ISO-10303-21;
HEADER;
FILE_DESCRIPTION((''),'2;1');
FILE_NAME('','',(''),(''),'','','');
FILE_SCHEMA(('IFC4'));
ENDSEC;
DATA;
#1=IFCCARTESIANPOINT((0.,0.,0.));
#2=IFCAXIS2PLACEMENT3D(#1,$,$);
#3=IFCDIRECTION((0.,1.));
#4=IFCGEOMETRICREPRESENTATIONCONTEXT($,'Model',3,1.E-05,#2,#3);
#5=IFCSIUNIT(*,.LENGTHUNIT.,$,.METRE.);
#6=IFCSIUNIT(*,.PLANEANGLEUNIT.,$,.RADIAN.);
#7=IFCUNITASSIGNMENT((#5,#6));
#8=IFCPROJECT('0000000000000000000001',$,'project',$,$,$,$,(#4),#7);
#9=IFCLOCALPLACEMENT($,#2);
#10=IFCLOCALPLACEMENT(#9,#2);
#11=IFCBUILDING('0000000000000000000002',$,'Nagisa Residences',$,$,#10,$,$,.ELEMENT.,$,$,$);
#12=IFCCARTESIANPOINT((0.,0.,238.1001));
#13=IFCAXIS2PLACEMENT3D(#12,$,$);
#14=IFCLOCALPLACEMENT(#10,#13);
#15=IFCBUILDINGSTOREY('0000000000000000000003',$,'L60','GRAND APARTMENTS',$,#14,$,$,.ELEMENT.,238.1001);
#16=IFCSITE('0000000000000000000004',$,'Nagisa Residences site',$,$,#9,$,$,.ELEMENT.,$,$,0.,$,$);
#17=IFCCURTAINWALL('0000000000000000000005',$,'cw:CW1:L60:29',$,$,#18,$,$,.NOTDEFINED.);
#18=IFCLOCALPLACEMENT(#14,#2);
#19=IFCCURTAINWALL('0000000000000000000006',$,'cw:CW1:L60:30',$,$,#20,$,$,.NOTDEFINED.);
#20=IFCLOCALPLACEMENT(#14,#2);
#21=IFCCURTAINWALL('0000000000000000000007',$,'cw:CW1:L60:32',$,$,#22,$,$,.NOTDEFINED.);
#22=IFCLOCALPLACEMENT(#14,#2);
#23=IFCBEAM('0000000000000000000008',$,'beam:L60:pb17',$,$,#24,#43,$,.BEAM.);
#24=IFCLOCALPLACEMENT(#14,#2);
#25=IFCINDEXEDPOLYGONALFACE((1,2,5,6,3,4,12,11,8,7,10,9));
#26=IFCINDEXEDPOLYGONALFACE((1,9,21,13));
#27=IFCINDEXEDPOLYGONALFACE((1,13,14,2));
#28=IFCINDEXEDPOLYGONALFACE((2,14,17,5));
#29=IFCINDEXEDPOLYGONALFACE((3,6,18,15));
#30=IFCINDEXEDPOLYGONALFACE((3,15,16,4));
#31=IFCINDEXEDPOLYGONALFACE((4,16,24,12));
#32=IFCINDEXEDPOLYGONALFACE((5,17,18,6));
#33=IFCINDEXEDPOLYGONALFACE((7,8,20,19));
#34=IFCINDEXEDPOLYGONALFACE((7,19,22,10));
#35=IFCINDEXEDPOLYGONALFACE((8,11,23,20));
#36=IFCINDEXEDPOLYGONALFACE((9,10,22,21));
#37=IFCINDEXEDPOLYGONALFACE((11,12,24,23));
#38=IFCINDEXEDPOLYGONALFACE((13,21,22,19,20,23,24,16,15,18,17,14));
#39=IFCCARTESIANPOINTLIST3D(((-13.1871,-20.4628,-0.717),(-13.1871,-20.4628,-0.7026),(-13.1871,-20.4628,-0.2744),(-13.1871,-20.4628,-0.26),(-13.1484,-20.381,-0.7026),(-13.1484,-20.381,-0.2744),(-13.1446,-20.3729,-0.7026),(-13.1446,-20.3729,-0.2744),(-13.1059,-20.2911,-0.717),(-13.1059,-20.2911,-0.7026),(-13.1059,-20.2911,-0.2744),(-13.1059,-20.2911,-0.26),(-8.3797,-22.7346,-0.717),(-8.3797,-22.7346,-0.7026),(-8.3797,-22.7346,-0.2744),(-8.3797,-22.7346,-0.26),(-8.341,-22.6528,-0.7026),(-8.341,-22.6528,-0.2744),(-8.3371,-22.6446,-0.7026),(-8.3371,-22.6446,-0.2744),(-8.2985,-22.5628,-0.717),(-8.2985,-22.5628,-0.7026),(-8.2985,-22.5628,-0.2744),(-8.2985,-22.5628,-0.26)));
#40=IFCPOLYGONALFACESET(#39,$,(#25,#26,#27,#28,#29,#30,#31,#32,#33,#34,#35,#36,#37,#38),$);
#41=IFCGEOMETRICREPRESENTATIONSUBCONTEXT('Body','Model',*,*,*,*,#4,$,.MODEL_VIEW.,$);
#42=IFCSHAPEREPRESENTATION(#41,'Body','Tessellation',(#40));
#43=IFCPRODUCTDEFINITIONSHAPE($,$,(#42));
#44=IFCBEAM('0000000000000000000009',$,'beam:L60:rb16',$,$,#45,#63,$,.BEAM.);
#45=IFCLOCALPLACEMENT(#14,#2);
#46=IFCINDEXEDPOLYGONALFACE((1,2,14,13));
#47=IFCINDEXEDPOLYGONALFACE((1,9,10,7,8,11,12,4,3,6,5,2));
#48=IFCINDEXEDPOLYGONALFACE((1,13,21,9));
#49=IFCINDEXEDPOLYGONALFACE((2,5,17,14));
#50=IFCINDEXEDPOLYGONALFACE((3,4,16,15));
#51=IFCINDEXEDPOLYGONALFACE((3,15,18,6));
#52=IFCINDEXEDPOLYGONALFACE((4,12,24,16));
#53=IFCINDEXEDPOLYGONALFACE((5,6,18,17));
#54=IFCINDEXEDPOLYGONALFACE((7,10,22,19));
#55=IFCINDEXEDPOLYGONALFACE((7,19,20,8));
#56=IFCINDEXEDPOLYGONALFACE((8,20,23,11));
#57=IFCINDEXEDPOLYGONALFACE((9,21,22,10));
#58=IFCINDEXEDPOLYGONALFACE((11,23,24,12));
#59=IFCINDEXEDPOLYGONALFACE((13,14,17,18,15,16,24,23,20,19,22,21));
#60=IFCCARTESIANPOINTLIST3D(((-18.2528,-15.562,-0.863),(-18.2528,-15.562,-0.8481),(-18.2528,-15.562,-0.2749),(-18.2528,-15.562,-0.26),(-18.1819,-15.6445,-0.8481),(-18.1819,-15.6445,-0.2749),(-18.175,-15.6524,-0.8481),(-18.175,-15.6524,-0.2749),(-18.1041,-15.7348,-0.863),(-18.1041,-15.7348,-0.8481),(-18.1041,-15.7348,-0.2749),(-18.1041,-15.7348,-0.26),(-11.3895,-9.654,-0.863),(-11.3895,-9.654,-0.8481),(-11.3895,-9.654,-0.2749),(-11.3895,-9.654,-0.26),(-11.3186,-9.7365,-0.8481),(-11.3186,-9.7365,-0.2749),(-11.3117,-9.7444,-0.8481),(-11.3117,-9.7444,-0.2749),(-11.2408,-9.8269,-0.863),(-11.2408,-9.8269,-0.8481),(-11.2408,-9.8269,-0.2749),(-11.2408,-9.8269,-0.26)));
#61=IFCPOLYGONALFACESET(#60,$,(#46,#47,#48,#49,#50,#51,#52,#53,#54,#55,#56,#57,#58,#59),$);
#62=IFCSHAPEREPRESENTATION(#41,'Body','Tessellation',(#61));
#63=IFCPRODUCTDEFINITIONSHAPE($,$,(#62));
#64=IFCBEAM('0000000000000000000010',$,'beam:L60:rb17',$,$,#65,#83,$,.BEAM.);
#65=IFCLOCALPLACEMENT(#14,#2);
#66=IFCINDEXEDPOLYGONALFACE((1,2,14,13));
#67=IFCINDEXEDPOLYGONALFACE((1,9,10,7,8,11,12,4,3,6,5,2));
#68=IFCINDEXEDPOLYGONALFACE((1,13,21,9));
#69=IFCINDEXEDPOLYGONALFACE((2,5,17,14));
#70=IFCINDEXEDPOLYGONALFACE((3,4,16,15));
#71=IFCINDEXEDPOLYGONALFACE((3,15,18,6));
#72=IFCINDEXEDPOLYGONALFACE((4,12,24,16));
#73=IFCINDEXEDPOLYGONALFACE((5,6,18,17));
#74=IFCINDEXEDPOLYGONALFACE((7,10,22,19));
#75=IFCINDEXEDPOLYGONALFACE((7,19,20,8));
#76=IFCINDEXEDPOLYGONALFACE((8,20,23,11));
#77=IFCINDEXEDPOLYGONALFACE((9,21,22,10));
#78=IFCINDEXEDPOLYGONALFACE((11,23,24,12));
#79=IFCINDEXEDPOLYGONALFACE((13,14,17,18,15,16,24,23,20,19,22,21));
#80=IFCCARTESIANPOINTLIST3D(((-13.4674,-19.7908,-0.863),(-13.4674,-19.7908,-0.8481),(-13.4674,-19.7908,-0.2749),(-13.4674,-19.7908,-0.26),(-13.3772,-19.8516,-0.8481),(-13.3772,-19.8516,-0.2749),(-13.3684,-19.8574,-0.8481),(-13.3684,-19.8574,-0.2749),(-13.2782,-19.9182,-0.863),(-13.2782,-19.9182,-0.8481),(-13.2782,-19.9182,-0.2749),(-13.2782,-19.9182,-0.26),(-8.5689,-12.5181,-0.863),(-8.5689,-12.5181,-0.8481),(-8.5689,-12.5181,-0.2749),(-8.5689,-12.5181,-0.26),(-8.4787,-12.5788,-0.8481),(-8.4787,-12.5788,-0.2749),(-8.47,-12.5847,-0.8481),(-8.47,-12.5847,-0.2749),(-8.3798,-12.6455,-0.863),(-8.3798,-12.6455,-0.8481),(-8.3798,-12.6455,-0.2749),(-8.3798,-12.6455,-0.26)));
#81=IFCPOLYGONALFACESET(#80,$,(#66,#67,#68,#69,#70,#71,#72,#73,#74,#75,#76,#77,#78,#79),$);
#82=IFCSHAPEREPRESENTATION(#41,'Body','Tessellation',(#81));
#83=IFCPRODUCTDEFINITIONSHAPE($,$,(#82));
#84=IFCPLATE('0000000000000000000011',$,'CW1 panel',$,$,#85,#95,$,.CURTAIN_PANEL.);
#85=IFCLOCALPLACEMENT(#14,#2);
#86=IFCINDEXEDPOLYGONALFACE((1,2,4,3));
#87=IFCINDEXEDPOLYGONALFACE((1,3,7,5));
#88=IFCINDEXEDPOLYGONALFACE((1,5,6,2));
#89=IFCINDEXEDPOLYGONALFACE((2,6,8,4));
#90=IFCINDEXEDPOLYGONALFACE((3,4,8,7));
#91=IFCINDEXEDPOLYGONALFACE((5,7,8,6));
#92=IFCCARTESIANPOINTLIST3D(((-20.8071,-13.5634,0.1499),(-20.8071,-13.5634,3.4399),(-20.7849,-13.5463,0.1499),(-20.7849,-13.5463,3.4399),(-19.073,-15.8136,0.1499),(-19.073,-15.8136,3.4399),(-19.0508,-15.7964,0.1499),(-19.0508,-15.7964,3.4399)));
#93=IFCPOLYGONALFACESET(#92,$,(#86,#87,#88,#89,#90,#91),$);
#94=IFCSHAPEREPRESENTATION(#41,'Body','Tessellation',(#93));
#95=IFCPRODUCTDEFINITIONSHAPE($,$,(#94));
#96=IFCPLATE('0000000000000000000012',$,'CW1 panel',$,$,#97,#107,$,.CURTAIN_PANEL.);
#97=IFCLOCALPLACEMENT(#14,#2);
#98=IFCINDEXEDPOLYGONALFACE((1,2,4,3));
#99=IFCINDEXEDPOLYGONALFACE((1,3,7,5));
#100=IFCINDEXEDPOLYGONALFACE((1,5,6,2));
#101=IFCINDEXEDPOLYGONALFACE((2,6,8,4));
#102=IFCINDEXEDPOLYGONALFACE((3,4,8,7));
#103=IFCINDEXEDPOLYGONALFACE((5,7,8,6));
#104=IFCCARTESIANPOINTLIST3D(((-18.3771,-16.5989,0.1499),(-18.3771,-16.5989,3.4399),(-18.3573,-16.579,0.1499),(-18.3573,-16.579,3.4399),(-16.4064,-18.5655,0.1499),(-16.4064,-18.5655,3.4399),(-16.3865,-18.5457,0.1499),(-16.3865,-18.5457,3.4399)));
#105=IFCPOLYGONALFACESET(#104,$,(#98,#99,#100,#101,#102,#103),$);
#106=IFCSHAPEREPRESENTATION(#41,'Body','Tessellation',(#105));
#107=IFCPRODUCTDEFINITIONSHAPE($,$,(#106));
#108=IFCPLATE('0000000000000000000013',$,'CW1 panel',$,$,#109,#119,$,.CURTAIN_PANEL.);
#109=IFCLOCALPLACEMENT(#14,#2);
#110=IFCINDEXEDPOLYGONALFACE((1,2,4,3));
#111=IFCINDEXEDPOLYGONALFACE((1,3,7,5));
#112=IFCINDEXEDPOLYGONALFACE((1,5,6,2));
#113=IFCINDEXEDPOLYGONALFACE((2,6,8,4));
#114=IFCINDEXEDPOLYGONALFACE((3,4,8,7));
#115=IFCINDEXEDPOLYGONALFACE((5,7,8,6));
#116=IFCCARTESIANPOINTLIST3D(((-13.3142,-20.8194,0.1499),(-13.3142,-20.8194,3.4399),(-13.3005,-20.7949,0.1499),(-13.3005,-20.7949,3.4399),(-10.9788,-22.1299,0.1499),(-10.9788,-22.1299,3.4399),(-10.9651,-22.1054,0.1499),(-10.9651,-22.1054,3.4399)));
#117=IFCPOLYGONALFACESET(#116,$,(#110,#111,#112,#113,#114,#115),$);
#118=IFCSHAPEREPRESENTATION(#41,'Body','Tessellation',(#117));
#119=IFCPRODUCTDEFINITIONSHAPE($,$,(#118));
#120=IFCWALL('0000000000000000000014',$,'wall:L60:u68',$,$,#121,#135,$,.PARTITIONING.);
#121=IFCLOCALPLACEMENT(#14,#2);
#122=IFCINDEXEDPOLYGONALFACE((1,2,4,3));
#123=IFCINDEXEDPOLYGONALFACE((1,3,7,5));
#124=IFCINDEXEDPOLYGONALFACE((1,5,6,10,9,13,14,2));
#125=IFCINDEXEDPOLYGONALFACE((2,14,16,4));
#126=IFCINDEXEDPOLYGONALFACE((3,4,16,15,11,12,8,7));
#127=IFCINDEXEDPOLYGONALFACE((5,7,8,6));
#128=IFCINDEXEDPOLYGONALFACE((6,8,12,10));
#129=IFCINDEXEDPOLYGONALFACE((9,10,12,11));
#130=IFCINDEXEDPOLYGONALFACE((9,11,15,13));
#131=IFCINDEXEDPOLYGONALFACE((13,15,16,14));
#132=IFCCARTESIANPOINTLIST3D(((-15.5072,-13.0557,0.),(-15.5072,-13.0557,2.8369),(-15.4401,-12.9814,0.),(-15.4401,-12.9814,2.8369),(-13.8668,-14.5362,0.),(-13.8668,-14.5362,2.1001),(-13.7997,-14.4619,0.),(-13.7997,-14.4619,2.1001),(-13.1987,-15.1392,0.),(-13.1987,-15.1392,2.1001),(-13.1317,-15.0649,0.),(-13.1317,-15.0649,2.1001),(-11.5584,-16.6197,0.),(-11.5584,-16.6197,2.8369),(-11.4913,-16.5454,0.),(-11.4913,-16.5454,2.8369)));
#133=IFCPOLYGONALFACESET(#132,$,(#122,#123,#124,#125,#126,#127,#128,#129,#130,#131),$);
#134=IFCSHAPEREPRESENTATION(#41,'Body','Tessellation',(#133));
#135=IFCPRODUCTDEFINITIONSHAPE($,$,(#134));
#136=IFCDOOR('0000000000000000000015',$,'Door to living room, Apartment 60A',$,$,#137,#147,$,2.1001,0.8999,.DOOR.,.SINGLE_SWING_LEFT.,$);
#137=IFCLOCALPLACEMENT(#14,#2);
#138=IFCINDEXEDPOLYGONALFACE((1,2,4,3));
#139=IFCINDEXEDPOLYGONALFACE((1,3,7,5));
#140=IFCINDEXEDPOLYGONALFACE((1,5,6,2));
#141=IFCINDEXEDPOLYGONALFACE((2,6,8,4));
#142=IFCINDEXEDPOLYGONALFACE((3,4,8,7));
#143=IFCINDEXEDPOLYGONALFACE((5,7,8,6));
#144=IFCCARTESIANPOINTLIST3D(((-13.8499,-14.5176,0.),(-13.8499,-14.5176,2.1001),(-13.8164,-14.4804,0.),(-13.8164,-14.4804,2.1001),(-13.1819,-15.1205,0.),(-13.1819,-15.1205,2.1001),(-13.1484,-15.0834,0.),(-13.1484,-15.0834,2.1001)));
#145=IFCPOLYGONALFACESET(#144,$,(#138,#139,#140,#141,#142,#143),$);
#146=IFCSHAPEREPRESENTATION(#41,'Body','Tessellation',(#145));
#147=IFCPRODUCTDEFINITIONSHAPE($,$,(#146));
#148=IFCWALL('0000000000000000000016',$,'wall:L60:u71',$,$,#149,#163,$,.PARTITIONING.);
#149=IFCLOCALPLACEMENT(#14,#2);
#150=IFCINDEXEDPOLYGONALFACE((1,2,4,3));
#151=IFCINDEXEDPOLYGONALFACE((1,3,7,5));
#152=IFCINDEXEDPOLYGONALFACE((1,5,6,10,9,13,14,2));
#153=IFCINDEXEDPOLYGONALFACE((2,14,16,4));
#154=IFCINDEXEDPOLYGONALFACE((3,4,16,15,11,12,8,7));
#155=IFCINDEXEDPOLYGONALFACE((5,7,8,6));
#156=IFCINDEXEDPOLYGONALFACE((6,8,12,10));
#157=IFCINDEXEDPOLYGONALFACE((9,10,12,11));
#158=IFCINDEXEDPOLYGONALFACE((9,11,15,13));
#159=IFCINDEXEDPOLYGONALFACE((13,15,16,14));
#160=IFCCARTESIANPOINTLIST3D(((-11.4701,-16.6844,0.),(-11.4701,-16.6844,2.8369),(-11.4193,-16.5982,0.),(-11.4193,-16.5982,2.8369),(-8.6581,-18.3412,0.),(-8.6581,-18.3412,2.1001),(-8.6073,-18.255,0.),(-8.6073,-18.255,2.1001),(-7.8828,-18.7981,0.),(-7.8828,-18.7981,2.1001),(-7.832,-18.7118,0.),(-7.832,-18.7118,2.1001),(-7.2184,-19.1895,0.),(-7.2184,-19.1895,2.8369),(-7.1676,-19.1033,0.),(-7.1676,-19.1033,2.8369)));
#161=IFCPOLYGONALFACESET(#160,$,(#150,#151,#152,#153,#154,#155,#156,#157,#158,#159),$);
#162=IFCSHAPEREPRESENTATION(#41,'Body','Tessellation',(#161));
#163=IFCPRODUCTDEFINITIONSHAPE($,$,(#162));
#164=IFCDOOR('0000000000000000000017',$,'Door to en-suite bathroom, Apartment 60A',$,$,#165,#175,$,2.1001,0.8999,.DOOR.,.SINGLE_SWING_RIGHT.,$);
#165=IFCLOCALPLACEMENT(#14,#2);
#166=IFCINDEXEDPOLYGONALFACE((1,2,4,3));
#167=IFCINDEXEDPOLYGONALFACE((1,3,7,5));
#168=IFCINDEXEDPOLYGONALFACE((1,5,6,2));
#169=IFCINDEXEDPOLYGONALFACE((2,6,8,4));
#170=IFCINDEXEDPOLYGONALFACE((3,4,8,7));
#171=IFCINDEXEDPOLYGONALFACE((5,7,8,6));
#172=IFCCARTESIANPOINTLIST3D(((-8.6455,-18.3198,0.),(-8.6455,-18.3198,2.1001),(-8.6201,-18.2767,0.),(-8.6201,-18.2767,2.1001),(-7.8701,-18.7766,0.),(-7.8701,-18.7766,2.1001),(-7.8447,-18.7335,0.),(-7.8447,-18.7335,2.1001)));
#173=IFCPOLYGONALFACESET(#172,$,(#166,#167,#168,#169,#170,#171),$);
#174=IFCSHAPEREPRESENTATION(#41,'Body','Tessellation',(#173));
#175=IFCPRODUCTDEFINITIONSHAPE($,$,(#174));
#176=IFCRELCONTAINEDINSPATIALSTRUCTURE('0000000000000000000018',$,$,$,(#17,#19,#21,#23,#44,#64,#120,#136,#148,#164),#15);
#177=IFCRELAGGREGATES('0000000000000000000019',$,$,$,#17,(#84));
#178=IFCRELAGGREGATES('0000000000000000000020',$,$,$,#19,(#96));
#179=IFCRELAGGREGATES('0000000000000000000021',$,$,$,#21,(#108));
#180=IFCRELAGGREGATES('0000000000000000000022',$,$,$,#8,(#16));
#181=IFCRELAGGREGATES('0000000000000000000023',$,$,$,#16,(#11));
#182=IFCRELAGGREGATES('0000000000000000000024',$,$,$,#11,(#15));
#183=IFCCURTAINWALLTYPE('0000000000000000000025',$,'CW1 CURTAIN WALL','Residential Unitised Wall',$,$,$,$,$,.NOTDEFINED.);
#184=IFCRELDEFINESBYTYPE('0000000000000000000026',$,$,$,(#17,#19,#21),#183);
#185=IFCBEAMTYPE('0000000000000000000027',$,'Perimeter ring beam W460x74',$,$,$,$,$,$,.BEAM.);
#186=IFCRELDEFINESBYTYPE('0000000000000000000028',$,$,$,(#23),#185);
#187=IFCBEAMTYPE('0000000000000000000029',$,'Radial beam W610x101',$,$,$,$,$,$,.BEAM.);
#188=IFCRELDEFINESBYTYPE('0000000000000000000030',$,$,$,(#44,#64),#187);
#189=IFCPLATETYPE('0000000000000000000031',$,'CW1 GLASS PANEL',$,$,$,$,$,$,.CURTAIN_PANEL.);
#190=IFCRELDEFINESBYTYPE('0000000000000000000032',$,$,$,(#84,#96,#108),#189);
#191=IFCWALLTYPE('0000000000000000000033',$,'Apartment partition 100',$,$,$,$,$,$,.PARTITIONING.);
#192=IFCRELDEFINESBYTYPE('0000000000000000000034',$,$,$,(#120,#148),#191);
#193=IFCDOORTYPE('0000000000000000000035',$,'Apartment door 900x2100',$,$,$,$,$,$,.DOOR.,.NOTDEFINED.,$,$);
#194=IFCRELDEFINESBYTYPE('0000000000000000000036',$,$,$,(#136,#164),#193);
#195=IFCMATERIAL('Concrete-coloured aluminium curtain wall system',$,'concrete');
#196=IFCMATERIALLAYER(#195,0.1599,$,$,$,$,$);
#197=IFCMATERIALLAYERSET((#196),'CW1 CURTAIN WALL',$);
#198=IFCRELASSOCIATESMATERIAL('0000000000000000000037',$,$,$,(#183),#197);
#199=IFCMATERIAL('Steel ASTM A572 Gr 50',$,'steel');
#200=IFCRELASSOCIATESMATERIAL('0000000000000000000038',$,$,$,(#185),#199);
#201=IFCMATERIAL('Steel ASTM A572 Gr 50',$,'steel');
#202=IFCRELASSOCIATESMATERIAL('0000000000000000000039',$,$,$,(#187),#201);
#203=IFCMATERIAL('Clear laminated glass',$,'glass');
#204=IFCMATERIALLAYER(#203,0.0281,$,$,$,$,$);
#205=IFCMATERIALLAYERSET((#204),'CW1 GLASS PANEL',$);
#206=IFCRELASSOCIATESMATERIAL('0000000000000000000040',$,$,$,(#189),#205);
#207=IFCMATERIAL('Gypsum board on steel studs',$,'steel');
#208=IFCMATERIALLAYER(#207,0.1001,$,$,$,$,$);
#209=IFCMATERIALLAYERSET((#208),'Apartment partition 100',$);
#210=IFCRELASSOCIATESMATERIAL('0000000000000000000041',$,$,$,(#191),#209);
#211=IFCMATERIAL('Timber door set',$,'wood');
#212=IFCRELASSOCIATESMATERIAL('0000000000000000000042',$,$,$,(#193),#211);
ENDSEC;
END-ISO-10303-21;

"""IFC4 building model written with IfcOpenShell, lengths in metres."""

from ifc_helpers import new_model, si_unit, direction, frame, frame_2d, origin, origin_2d, place, context, subcontext, project, spatial, rectangle, i_section, extrude, material, layer, layer_set, material_profile, profile_set, type_object, element, fill, aggregate, save


model = new_model("IFC4")

# Units and contexts
model_context = context("Model", 3, precision=1e-05, world=origin(), true_north=direction((0.0, 1.0)))
body_context = subcontext(model_context, "Body", "Model", "MODEL_VIEW")
ifc_project = project(units=[si_unit("LENGTHUNIT", "METRE"), si_unit("PLANEANGLEUNIT", "RADIAN")], contexts=[model_context])

# Site, building, storey
site_placement = place(None, origin())
site = spatial("IfcSite", under=ifc_project, at=site_placement, Name="Nagisa Residences site", CompositionType="ELEMENT", RefElevation=0.0)
building_placement = place(site_placement, origin())
building = spatial("IfcBuilding", under=site, at=building_placement, Name="Nagisa Residences", CompositionType="ELEMENT")
storey_placement = place(building_placement, frame((0.0, 0.0, 238.1001)))
storey = spatial("IfcBuildingStorey", under=building, at=storey_placement, Name="L60", Description="GRAND APARTMENTS", CompositionType="ELEMENT", Elevation=238.1001)

# Curtain walls
ifc_material_1 = material(Name="Concrete-coloured aluminium curtain wall system", Category="concrete")
ifc_layer_1 = layer(ifc_material_1, 0.1599)
ifc_layer_set_1 = layer_set([ifc_layer_1], Name="CW1 CURTAIN WALL")
curtain_wall_type = type_object("IfcCurtainWallType", Name="CW1 CURTAIN WALL", Description="Residential Unitised Wall", PredefinedType="NOTDEFINED", material=ifc_layer_set_1)
curtain_wall_1_placement = place(storey_placement, origin())
curtain_wall_1 = element("IfcCurtainWall", 1, at=curtain_wall_1_placement, inside=storey, type_object=curtain_wall_type, Name="cw:CW1:L60:29", PredefinedType="NOTDEFINED")
curtain_wall_2_placement = place(storey_placement, origin())
curtain_wall_2 = element("IfcCurtainWall", 2, at=curtain_wall_2_placement, inside=storey, type_object=curtain_wall_type, Name="cw:CW1:L60:30", PredefinedType="NOTDEFINED")
curtain_wall_3_placement = place(storey_placement, origin())
curtain_wall_3 = element("IfcCurtainWall", 3, at=curtain_wall_3_placement, inside=storey, type_object=curtain_wall_type, Name="cw:CW1:L60:32", PredefinedType="NOTDEFINED")

# Beams
ifc_material_2 = material(Name="Steel ASTM A572 Gr 50", Category="steel")
ifc_material_profile_1 = material_profile(ifc_material_2, i_section(OverallWidth=0.1899, OverallDepth=0.457, WebThickness=0.009, FlangeThickness=0.0144, at=origin_2d()), Name="W460x74")
ifc_profile_set_1 = profile_set([ifc_material_profile_1], Name="Steel ASTM A572 Gr 50")
beam_type_1 = type_object("IfcBeamType", Name="Perimeter ring beam W460x74", PredefinedType="BEAM", material=ifc_profile_set_1)
beam_1_placement = place(storey_placement, frame((-13.1465, -20.377, -0.4885), z_axis=(0.904134, -0.427249, 0.0), x_axis=(0.427249, 0.904134, 0.0)))
element("IfcBeam", 4, at=beam_1_placement, inside=storey, type_object=beam_type_1, Name="beam:L60:pb17", PredefinedType="BEAM", context=body_context, shape_type="SweptSolid", body=[
    extrude(i_section(OverallWidth=0.1899, OverallDepth=0.457, WebThickness=0.009, FlangeThickness=0.0144, at=origin_2d()), origin(), (0.0, 0.0, 1.0), 5.3171),
])
ifc_material_3 = material(Name="Steel ASTM A572 Gr 50", Category="steel")
ifc_material_profile_2 = material_profile(ifc_material_3, i_section(OverallWidth=0.228, OverallDepth=0.603, WebThickness=0.0105, FlangeThickness=0.0149, at=origin_2d()), Name="W610x101")
ifc_profile_set_2 = profile_set([ifc_material_profile_2], Name="Steel ASTM A572 Gr 50")
beam_type_2 = type_object("IfcBeamType", Name="Radial beam W610x101", PredefinedType="BEAM", material=ifc_profile_set_2)
beam_2_placement = place(storey_placement, frame((-18.1785, -15.6484, -0.5615), z_axis=(0.757883, 0.652391, 0.0), x_axis=(-0.652391, 0.757883, 0.0)))
element("IfcBeam", 5, at=beam_2_placement, inside=storey, type_object=beam_type_2, Name="beam:L60:rb16", PredefinedType="BEAM", context=body_context, shape_type="SweptSolid", body=[
    extrude(i_section(OverallWidth=0.228, OverallDepth=0.603, WebThickness=0.0105, FlangeThickness=0.0149, at=origin_2d()), origin(), (0.0, 0.0, 1.0), 9.0559),
])
beam_3_placement = place(storey_placement, frame((-13.3728, -19.8545, -0.5615), z_axis=(0.558639, 0.829411, 0.0), x_axis=(-0.829411, 0.558639, 0.0)))
element("IfcBeam", 6, at=beam_3_placement, inside=storey, type_object=beam_type_2, Name="beam:L60:rb17", PredefinedType="BEAM", context=body_context, shape_type="SweptSolid", body=[
    extrude(i_section(OverallWidth=0.228, OverallDepth=0.603, WebThickness=0.0105, FlangeThickness=0.0149, at=origin_2d()), origin(), (0.0, 0.0, 1.0), 8.7686),
])

# Plates
ifc_material_4 = material(Name="Clear laminated glass", Category="glass")
ifc_layer_2 = layer(ifc_material_4, 0.0281)
ifc_layer_set_2 = layer_set([ifc_layer_2], Name="CW1 GLASS PANEL")
plate_type = type_object("IfcPlateType", Name="CW1 GLASS PANEL", PredefinedType="CURTAIN_PANEL", material=ifc_layer_set_2)
plate_1_placement = place(storey_placement, frame((-19.929, -14.6799, 0.1499), z_axis=(0.0, 0.0, 1.0), x_axis=(0.61043, -0.79207, 0.0)))
plate_1 = element("IfcPlate", 7, at=plate_1_placement, type_object=plate_type, Name="CW1 panel", PredefinedType="CURTAIN_PANEL", context=body_context, shape_type="SweptSolid", body=[
    extrude(rectangle(XDim=2.8408, YDim=0.0281, at=origin_2d()), origin(), (0.0, 0.0, 1.0), 3.29),
])
aggregate(curtain_wall_1, [plate_1])
plate_2_placement = place(storey_placement, frame((-17.3818, -17.5723, 0.1499), z_axis=(0.0, 0.0, 1.0), x_axis=(0.707836, -0.706377, 0.0)))
plate_2 = element("IfcPlate", 8, at=plate_2_placement, type_object=plate_type, Name="CW1 panel", PredefinedType="CURTAIN_PANEL", context=body_context, shape_type="SweptSolid", body=[
    extrude(rectangle(XDim=2.7842, YDim=0.0281, at=origin_2d()), origin(), (0.0, 0.0, 1.0), 3.29),
])
aggregate(curtain_wall_2, [plate_2])
plate_3_placement = place(storey_placement, frame((-12.1396, -21.4624, 0.1499), z_axis=(0.0, 0.0, 1.0), x_axis=(0.872072, -0.489377, 0.0)))
plate_3 = element("IfcPlate", 9, at=plate_3_placement, type_object=plate_type, Name="CW1 panel", PredefinedType="CURTAIN_PANEL", context=body_context, shape_type="SweptSolid", body=[
    extrude(rectangle(XDim=2.678, YDim=0.0281, at=origin_2d()), origin(), (0.0, 0.0, 1.0), 3.29),
])
aggregate(curtain_wall_3, [plate_3])

# Walls, openings, doors
ifc_material_5 = material(Name="Gypsum board on steel studs", Category="steel")
ifc_layer_3 = layer(ifc_material_5, 0.1001)
ifc_layer_set_3 = layer_set([ifc_layer_3], Name="Apartment partition 100")
wall_type_1 = type_object("IfcWallType", Name="Apartment partition 100", PredefinedType="PARTITIONING", material=ifc_layer_set_3)
wall_1_placement = place(storey_placement, frame((-15.4736, -13.0186, 0.0), z_axis=(0.0, 0.0, 1.0), x_axis=(0.742349, -0.670014, 0.0)))
wall_1 = element("IfcWall", 10, at=wall_1_placement, inside=storey, type_object=wall_type_1, Name="wall:L60:u68", PredefinedType="PARTITIONING", context=body_context, shape_type="SweptSolid", body=[
    extrude(rectangle(XDim=5.3193, YDim=0.1001, at=frame_2d((2.6597, 0.0))), origin(), (0.0, 0.0, 1.0), 2.8369),
])
opening_1_placement = place(wall_1_placement, frame((2.2097, 0.0, 0.0)))
opening_1 = element("IfcOpeningElement", 11, at=opening_1_placement, cuts=wall_1, PredefinedType="OPENING", context=body_context, shape_type="SweptSolid", body=[
    extrude(rectangle(XDim=0.8999, YDim=2.1001, at=frame_2d((0.45, 1.05))), frame((0.0, 0.0601, 0.0), z_axis=(0.0, -1.0, 0.0), x_axis=(1.0, 0.0, 0.0)), (0.0, 0.0, 1.0), 0.1201),
])
ifc_material_6 = material(Name="Timber door set", Category="wood")
door_type_1 = type_object("IfcDoorType", Name="Apartment door 900x2100", OperationType="NOTDEFINED", PredefinedType="DOOR", material=ifc_material_6)
door_1_placement = place(opening_1_placement, frame((0.8999, 0.0, 0.0), x_axis=(-1.0, 0.0, 0.0)))
door_1 = element("IfcDoor", 12, at=door_1_placement, inside=storey, type_object=door_type_1, Name="Door to living room, Apartment 60A", OperationType="SINGLE_SWING_LEFT", OverallHeight=2.1001, OverallWidth=0.8999, PredefinedType="DOOR", context=body_context, shape_type="SweptSolid", body=[
    extrude(rectangle(XDim=0.8999, YDim=2.1001, at=frame_2d((0.45, 1.05))), frame((0.0, 0.0249, 0.0), z_axis=(0.0, -1.0, 0.0), x_axis=(1.0, 0.0, 0.0)), (0.0, 0.0, 1.0), 0.05),
])
fill(opening_1, door_1)
wall_2_placement = place(storey_placement, frame((-11.4446, -16.6414, 0.0), z_axis=(0.0, 0.0, 1.0), x_axis=(0.861569, -0.507641, 0.0)))
wall_2 = element("IfcWall", 13, at=wall_2_placement, inside=storey, type_object=wall_type_1, Name="wall:L60:u71", PredefinedType="PARTITIONING", context=body_context, shape_type="SweptSolid", body=[
    extrude(rectangle(XDim=4.9348, YDim=0.1001, at=frame_2d((2.4673, 0.0))), origin(), (0.0, 0.0, 1.0), 2.8369),
])
opening_2_placement = place(wall_2_placement, frame((3.2637, 0.0, 0.0)))
opening_2 = element("IfcOpeningElement", 14, at=opening_2_placement, cuts=wall_2, PredefinedType="OPENING", context=body_context, shape_type="SweptSolid", body=[
    extrude(rectangle(XDim=0.8999, YDim=2.1001, at=frame_2d((0.45, 1.05))), frame((0.0, 0.0601, 0.0), z_axis=(0.0, -1.0, 0.0), x_axis=(1.0, 0.0, 0.0)), (0.0, 0.0, 1.0), 0.1201),
])
door_2_placement = place(opening_2_placement, origin())
door_2 = element("IfcDoor", 15, at=door_2_placement, inside=storey, type_object=door_type_1, Name="Door to en-suite bathroom, Apartment 60A", OperationType="SINGLE_SWING_RIGHT", OverallHeight=2.1001, OverallWidth=0.8999, PredefinedType="DOOR", context=body_context, shape_type="SweptSolid", body=[
    extrude(rectangle(XDim=0.8999, YDim=2.1001, at=frame_2d((0.45, 1.05))), frame((0.0, 0.0249, 0.0), z_axis=(0.0, -1.0, 0.0), x_axis=(1.0, 0.0, 0.0)), (0.0, 0.0, 1.0), 0.05),
])
fill(opening_2, door_2)

save(model, "model.ifc")
